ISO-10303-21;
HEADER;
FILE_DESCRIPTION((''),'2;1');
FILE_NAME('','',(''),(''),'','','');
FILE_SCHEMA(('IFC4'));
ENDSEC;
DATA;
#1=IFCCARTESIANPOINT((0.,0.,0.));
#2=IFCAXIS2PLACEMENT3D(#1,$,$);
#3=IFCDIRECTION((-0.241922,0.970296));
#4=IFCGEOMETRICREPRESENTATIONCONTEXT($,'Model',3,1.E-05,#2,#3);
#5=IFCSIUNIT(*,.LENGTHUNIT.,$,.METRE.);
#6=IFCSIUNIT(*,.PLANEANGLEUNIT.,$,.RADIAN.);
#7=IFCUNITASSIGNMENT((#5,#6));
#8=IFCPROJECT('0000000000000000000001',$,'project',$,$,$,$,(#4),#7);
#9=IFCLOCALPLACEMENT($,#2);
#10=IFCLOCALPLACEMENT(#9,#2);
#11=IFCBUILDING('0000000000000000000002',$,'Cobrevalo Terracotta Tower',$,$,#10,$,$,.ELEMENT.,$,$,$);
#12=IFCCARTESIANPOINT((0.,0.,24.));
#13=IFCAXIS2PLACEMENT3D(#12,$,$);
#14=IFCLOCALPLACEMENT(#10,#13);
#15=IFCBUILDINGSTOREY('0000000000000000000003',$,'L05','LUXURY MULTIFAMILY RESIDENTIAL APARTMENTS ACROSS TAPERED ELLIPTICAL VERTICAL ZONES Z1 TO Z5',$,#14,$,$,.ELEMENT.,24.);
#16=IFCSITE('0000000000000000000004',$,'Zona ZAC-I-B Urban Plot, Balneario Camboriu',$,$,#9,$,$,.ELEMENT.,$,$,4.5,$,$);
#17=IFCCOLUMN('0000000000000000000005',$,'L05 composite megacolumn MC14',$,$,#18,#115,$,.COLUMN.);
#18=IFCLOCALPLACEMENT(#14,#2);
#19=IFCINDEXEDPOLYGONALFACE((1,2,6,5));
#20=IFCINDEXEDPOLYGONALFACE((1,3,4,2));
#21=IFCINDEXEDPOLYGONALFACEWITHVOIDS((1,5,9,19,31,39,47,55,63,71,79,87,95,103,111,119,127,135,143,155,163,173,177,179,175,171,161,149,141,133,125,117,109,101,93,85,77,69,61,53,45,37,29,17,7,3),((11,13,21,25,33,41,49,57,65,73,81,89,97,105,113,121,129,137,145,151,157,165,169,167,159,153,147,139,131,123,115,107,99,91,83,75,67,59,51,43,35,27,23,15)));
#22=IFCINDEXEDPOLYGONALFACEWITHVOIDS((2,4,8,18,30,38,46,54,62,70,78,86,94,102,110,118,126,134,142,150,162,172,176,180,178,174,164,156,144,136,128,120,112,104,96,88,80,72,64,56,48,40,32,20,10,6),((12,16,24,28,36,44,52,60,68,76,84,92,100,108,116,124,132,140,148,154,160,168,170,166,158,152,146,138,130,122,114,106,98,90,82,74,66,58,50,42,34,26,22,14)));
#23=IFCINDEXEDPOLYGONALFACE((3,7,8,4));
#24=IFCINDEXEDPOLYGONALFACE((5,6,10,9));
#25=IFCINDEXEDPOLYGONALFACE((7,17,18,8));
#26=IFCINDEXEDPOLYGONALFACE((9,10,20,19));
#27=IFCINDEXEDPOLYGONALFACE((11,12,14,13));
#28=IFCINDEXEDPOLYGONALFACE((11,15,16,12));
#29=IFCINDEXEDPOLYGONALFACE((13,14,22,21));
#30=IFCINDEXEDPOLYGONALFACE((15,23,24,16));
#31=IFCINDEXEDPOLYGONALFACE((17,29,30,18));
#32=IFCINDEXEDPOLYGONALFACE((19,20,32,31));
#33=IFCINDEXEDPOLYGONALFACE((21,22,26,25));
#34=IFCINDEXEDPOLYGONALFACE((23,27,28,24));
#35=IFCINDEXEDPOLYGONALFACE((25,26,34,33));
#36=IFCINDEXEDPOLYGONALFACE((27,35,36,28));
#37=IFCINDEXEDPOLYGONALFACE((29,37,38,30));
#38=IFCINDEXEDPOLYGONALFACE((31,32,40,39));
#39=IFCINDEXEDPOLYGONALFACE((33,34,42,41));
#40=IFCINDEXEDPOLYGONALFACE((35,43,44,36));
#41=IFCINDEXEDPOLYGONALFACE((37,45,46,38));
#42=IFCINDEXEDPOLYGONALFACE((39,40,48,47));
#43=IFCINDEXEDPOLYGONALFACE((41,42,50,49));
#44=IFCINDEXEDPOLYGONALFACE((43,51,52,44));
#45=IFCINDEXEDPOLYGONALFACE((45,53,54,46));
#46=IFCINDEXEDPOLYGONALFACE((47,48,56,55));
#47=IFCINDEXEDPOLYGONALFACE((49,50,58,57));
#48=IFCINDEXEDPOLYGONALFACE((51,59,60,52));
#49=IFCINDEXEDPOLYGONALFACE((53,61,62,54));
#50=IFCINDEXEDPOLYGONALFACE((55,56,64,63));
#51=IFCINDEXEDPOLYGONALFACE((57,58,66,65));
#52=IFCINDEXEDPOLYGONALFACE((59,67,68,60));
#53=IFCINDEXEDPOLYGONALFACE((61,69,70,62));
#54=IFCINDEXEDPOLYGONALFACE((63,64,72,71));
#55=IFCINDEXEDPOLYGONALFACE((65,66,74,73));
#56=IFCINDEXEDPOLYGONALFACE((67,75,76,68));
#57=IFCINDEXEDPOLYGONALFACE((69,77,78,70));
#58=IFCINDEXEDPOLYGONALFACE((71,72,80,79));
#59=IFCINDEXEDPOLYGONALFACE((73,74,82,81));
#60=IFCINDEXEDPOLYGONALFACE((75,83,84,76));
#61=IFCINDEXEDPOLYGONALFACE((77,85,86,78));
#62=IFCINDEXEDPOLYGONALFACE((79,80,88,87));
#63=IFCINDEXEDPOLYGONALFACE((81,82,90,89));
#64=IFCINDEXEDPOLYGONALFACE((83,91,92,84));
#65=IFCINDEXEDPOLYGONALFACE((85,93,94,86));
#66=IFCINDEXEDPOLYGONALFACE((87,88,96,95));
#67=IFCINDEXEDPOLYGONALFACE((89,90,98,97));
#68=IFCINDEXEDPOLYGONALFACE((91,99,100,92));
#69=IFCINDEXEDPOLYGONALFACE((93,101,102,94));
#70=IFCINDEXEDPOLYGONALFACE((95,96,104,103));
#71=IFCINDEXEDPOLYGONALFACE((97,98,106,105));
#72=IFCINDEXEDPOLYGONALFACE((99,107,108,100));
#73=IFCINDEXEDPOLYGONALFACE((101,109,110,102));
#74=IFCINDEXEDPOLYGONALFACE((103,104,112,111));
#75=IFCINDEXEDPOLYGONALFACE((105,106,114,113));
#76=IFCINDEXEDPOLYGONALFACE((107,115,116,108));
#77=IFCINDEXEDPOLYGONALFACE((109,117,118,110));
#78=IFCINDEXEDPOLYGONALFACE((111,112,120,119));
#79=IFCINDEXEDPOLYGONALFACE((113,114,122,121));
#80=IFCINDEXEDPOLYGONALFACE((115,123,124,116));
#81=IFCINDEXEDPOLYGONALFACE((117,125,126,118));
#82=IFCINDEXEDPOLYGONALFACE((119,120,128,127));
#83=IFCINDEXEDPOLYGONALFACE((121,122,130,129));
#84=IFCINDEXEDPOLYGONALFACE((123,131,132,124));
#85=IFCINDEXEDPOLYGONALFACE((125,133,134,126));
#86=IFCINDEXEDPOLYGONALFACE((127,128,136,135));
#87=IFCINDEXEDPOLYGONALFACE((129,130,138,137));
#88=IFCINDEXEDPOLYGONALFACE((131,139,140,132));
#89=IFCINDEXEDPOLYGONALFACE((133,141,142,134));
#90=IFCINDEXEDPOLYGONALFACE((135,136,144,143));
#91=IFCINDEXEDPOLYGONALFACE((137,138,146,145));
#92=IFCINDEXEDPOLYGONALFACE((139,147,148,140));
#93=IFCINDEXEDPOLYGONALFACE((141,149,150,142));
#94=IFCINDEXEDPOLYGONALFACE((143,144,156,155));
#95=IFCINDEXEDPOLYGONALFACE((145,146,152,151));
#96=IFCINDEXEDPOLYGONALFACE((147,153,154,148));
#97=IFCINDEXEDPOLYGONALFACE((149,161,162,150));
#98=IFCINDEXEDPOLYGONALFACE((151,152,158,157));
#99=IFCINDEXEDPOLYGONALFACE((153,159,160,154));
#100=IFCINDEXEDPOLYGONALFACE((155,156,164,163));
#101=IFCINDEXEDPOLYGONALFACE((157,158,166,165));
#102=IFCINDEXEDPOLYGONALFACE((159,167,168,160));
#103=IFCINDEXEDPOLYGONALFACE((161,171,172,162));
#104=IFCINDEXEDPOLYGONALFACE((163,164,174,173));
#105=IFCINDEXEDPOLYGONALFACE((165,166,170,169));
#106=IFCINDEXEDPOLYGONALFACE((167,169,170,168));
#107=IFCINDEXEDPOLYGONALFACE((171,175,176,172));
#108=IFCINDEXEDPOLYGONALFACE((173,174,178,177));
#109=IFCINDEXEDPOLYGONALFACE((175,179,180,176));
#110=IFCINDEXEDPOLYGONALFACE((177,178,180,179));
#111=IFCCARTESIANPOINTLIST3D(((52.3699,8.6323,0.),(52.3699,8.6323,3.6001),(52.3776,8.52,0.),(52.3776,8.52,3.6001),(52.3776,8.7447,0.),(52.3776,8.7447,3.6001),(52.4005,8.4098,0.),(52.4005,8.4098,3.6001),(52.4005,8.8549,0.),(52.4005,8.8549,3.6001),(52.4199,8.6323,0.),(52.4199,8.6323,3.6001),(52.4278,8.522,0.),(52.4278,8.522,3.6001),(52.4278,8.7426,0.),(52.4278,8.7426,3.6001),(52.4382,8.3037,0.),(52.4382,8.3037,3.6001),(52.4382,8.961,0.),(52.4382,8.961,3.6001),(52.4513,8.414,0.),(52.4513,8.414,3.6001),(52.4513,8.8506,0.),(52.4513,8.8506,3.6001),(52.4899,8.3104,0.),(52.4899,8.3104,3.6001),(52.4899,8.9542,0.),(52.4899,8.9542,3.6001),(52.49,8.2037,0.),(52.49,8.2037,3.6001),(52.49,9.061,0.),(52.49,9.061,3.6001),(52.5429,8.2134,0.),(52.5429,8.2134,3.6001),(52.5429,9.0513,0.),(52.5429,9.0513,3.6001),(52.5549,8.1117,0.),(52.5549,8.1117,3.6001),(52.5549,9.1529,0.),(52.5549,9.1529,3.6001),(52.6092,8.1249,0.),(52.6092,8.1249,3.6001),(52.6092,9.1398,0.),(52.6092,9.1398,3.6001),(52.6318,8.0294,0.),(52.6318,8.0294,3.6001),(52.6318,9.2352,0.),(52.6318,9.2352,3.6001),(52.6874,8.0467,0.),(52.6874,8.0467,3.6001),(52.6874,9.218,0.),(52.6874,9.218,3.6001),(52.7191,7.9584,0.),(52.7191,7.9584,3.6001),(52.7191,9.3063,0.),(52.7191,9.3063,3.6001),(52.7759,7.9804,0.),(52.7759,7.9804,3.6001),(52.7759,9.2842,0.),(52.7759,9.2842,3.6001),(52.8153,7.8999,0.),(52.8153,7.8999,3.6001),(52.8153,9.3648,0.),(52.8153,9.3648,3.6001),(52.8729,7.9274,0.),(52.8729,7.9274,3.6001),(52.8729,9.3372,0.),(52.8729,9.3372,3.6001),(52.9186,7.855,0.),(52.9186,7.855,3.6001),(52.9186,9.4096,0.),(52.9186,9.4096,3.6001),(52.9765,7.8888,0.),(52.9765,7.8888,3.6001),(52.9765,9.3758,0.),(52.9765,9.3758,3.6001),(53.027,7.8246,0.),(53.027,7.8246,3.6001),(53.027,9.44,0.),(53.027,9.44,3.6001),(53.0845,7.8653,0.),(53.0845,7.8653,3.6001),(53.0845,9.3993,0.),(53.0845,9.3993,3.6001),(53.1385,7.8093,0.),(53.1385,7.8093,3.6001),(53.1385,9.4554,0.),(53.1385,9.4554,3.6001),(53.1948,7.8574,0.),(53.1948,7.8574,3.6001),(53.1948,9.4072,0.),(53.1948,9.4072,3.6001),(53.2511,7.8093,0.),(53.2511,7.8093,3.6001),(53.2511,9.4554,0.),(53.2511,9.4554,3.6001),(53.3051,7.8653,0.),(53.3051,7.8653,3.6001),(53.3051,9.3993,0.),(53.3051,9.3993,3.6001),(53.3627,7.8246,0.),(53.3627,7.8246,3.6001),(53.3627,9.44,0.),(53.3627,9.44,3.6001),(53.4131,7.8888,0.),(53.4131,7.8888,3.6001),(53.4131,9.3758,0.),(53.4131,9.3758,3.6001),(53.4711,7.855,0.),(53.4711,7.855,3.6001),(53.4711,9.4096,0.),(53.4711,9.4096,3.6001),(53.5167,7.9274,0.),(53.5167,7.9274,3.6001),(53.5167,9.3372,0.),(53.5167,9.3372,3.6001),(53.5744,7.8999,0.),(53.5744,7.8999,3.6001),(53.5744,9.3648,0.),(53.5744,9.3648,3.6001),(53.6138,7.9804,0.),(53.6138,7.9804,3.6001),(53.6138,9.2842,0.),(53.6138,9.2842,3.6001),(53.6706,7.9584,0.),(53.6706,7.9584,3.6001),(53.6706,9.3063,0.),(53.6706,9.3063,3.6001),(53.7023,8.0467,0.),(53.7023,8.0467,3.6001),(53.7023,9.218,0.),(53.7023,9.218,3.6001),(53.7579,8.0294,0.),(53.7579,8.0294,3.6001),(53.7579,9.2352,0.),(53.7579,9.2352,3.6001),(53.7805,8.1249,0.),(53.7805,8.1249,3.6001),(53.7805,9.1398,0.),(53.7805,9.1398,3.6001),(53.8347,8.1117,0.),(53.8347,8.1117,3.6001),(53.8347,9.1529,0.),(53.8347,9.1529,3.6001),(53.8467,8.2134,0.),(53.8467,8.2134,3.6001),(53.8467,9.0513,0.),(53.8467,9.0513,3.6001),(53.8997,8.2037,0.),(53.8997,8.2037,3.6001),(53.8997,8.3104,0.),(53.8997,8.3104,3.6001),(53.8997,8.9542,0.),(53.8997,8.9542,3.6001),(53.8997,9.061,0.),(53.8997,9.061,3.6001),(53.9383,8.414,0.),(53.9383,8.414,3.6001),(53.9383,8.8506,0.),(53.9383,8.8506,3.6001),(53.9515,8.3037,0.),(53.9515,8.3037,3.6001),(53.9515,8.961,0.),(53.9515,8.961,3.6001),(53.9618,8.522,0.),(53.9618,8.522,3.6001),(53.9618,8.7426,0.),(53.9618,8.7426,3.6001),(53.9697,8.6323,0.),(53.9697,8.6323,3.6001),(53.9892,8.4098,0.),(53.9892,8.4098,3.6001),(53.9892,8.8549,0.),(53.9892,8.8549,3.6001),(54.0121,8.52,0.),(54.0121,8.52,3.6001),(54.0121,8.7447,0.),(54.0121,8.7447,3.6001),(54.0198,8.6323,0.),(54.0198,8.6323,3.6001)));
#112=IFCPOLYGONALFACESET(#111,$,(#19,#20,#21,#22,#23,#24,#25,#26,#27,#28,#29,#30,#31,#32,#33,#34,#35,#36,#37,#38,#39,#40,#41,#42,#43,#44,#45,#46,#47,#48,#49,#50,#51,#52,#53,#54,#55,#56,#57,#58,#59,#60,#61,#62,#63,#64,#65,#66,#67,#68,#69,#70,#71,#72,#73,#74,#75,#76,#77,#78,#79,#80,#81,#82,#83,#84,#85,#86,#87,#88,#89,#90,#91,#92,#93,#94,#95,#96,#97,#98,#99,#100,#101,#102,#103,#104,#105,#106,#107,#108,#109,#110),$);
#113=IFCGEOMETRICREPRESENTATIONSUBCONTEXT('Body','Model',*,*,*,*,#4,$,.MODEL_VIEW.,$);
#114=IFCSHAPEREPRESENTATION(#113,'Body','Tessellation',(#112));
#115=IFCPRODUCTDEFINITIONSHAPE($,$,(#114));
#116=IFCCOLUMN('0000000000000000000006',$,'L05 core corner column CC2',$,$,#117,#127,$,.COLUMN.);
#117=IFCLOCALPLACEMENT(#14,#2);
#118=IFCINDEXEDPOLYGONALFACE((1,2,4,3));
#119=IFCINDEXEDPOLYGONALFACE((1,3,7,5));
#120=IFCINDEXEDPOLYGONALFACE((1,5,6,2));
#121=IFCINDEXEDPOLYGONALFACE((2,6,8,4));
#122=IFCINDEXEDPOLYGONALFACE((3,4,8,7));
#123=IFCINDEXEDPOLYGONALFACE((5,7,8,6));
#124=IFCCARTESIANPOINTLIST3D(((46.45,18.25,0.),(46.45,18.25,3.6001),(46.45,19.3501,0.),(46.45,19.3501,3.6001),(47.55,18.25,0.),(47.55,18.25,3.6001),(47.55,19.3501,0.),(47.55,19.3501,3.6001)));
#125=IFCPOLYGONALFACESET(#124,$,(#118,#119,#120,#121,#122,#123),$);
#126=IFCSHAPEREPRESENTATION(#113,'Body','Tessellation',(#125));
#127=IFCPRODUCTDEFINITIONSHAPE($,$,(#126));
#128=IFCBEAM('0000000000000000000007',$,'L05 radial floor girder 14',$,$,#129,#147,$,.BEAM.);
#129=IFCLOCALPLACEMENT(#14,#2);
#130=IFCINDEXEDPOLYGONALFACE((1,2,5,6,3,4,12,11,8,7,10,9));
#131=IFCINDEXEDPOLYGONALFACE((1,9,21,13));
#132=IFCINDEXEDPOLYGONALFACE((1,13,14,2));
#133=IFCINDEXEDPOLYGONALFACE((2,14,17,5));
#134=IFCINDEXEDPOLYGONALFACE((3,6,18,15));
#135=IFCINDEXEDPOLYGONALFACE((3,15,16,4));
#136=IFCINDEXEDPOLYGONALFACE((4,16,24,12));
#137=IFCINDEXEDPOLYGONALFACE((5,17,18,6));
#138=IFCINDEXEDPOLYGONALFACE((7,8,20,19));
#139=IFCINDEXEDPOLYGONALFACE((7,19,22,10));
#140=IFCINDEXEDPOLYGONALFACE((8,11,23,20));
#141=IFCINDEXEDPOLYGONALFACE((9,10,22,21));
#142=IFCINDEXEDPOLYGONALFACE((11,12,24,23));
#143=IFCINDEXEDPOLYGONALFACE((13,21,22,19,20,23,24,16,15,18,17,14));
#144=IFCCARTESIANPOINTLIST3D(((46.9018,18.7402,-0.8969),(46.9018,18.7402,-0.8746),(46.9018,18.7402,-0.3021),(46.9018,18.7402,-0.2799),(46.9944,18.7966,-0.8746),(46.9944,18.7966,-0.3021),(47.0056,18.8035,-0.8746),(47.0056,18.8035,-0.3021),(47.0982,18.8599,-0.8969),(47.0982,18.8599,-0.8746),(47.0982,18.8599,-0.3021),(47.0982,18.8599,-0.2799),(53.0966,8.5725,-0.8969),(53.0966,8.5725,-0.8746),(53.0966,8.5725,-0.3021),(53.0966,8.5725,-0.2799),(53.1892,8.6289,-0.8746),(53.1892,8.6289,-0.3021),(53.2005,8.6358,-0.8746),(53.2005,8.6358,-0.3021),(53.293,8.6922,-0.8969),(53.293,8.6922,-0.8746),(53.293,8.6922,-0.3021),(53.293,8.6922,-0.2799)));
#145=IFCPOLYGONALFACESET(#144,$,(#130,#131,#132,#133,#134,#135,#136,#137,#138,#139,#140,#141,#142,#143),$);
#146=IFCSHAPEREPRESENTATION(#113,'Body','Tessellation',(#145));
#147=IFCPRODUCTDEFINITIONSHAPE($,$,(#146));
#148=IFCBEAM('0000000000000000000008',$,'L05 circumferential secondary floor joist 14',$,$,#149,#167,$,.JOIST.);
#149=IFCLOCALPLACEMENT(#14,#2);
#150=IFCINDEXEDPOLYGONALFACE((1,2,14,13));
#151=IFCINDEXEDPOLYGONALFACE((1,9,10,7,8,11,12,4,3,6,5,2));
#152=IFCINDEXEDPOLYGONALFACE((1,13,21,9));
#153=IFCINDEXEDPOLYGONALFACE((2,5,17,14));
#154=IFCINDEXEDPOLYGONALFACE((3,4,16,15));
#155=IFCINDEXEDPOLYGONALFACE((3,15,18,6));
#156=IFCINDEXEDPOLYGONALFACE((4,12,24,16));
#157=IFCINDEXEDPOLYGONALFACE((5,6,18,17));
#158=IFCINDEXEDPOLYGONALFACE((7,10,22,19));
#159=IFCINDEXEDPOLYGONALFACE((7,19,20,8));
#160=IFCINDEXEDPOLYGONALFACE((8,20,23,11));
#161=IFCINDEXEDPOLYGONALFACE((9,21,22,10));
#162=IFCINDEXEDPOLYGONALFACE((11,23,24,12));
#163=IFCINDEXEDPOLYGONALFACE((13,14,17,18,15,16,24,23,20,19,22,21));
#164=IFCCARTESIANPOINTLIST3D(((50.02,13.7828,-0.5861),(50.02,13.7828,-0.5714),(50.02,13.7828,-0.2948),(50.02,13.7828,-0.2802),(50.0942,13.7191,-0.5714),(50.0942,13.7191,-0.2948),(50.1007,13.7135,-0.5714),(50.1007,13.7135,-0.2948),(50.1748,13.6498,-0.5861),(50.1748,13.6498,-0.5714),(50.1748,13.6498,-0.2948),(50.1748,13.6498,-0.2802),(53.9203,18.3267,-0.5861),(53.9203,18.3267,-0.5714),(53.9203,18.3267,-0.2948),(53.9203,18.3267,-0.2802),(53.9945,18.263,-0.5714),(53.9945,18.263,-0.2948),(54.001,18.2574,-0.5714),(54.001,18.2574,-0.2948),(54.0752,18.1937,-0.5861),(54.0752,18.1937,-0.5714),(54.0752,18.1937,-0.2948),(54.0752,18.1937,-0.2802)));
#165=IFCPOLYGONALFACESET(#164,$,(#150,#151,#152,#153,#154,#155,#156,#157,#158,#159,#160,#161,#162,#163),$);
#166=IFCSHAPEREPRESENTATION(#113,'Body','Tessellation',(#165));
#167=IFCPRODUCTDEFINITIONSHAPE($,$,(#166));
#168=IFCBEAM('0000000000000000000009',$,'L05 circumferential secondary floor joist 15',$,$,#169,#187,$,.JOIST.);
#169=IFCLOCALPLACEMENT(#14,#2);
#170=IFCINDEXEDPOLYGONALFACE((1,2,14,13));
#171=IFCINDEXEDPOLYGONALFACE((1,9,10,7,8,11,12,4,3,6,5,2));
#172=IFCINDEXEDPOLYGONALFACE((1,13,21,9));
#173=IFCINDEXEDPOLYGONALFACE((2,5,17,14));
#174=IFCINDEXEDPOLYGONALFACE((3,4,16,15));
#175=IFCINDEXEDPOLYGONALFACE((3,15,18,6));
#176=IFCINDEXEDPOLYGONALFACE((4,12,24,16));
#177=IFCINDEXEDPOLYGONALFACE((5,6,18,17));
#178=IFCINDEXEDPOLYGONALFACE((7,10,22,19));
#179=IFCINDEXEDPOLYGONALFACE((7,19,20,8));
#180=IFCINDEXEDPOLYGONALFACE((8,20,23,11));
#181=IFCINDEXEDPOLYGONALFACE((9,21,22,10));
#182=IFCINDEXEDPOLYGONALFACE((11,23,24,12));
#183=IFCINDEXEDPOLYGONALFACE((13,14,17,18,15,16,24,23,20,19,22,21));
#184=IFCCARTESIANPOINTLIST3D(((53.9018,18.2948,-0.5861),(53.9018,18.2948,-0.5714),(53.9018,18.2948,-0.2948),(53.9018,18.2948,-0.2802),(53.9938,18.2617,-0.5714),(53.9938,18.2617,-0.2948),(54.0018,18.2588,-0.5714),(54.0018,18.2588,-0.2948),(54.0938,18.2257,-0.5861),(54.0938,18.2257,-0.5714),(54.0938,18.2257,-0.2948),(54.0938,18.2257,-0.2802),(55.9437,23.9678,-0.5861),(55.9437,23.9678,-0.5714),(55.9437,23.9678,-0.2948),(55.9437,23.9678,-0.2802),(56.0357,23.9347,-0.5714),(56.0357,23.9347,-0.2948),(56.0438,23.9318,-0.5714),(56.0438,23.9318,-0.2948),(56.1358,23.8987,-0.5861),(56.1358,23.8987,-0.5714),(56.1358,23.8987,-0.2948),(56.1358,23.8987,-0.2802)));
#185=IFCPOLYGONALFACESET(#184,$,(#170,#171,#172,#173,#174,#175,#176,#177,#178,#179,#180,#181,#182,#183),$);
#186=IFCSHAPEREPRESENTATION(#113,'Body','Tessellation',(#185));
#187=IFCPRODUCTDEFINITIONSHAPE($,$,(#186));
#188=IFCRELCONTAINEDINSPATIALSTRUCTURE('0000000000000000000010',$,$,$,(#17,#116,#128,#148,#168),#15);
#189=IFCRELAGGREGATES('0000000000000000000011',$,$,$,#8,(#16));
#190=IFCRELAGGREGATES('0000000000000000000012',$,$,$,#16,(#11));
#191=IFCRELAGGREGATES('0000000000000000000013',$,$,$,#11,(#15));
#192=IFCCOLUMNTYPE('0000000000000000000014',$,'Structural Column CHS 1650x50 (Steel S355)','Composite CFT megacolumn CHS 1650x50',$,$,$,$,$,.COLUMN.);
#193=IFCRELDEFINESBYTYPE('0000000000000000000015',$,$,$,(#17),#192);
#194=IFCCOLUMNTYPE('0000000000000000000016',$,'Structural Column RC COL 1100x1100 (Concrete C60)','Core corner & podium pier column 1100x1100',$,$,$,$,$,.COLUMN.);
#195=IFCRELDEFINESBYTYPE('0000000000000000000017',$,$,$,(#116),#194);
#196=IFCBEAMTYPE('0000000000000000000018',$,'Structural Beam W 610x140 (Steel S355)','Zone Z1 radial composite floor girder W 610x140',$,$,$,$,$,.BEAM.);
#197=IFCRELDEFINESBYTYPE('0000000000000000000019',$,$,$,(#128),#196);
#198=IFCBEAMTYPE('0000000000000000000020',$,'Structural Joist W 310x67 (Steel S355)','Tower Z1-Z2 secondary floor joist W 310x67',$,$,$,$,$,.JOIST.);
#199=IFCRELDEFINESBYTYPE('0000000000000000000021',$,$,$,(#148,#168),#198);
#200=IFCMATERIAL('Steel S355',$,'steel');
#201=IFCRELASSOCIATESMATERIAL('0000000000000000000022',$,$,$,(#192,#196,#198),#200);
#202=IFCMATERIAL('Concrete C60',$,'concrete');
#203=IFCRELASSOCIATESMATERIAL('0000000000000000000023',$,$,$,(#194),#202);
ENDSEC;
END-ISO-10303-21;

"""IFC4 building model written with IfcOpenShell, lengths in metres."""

from ifc_helpers import new_model, si_unit, direction, frame, origin, origin_2d, place, context, subcontext, project, spatial, rectangle, hollow_circle, i_section, extrude, material, material_profile, profile_set, type_object, element, save


model = new_model("IFC4")

# Units and contexts
model_context = context("Model", 3, precision=1e-05, world=origin(), true_north=direction((-0.241922, 0.970296)))
body_context = subcontext(model_context, "Body", "Model", "MODEL_VIEW")
ifc_project = project(units=[si_unit("LENGTHUNIT", "METRE"), si_unit("PLANEANGLEUNIT", "RADIAN")], contexts=[model_context])

# Site, building, storey
site_placement = place(None, origin())
site = spatial("IfcSite", under=ifc_project, at=site_placement, Name="Zona ZAC-I-B Urban Plot, Balneario Camboriu", CompositionType="ELEMENT", RefElevation=4.5)
building_placement = place(site_placement, origin())
building = spatial("IfcBuilding", under=site, at=building_placement, Name="Cobrevalo Terracotta Tower", CompositionType="ELEMENT")
storey_placement = place(building_placement, frame((0.0, 0.0, 24.0)))
storey = spatial("IfcBuildingStorey", under=building, at=storey_placement, Name="L05", Description="LUXURY MULTIFAMILY RESIDENTIAL APARTMENTS ACROSS TAPERED ELLIPTICAL VERTICAL ZONES Z1 TO Z5", CompositionType="ELEMENT", Elevation=24.0)

# Columns
ifc_material_1 = material(Name="Steel S355", Category="steel")
ifc_material_profile_1 = material_profile(ifc_material_1, hollow_circle(Radius=0.825, WallThickness=0.05, at=origin_2d()), Name="CHS 1650x50")
ifc_profile_set_1 = profile_set([ifc_material_profile_1], Name="Steel S355")
column_type_1 = type_object("IfcColumnType", Name="Structural Column CHS 1650x50 (Steel S355)", Description="Composite CFT megacolumn CHS 1650x50", PredefinedType="COLUMN", material=ifc_profile_set_1)
column_1_placement = place(storey_placement, frame((53.1948, 8.6323, 0.0), z_axis=(0.0, 0.0, 1.0), x_axis=(1.0, 0.0, 0.0)))
element("IfcColumn", 1, at=column_1_placement, inside=storey, type_object=column_type_1, Name="L05 composite megacolumn MC14", PredefinedType="COLUMN", context=body_context, shape_type="SweptSolid", body=[
    extrude(hollow_circle(Radius=0.825, WallThickness=0.05, at=origin_2d()), origin(), (0.0, 0.0, 1.0), 3.6001),
])
ifc_material_2 = material(Name="Concrete C60", Category="concrete")
ifc_material_profile_2 = material_profile(ifc_material_2, rectangle(XDim=1.1001, YDim=1.1001, at=origin_2d()), Name="RC COL 1100x1100")
ifc_profile_set_2 = profile_set([ifc_material_profile_2], Name="Concrete C60")
column_type_2 = type_object("IfcColumnType", Name="Structural Column RC COL 1100x1100 (Concrete C60)", Description="Core corner & podium pier column 1100x1100", PredefinedType="COLUMN", material=ifc_profile_set_2)
column_2_placement = place(storey_placement, frame((47.0, 18.8, 0.0), z_axis=(0.0, 0.0, 1.0), x_axis=(1.0, 0.0, 0.0)))
element("IfcColumn", 2, at=column_2_placement, inside=storey, type_object=column_type_2, Name="L05 core corner column CC2", PredefinedType="COLUMN", context=body_context, shape_type="SweptSolid", body=[
    extrude(rectangle(XDim=1.1001, YDim=1.1001, at=origin_2d()), origin(), (0.0, 0.0, 1.0), 3.6001),
])

# Beams
ifc_material_profile_3 = material_profile(ifc_material_1, i_section(OverallWidth=0.23, OverallDepth=0.6169, WebThickness=0.0132, FlangeThickness=0.0222, at=origin_2d()), Name="W 610x140")
ifc_profile_set_3 = profile_set([ifc_material_profile_3], Name="Steel S355")
beam_type_1 = type_object("IfcBeamType", Name="Structural Beam W 610x140 (Steel S355)", Description="Zone Z1 radial composite floor girder W 610x140", PredefinedType="BEAM", material=ifc_profile_set_3)
beam_1_placement = place(storey_placement, frame((53.1948, 8.6323, -0.5884), z_axis=(-0.520301, 0.853983, 0.0), x_axis=(-0.853983, -0.520301, 0.0)))
element("IfcBeam", 3, at=beam_1_placement, inside=storey, type_object=beam_type_1, Name="L05 radial floor girder 14", PredefinedType="BEAM", context=body_context, shape_type="SweptSolid", body=[
    extrude(i_section(OverallWidth=0.23, OverallDepth=0.6169, WebThickness=0.0132, FlangeThickness=0.0222, at=origin_2d()), origin(), (0.0, 0.0, 1.0), 11.9062),
])
ifc_material_profile_4 = material_profile(ifc_material_1, i_section(OverallWidth=0.2041, OverallDepth=0.3059, WebThickness=0.0085, FlangeThickness=0.0146, at=origin_2d()), Name="W 310x67")
ifc_profile_set_4 = profile_set([ifc_material_profile_4], Name="Steel S355")
beam_type_2 = type_object("IfcBeamType", Name="Structural Joist W 310x67 (Steel S355)", Description="Tower Z1-Z2 secondary floor joist W 310x67", PredefinedType="JOIST", material=ifc_profile_set_4)
beam_2_placement = place(storey_placement, frame((50.0974, 13.7163, -0.4331), z_axis=(0.651328, 0.758796, 0.0), x_axis=(-0.758796, 0.651328, 0.0)))
element("IfcBeam", 4, at=beam_2_placement, inside=storey, type_object=beam_type_2, Name="L05 circumferential secondary floor joist 14", PredefinedType="JOIST", context=body_context, shape_type="SweptSolid", body=[
    extrude(i_section(OverallWidth=0.2041, OverallDepth=0.3059, WebThickness=0.0085, FlangeThickness=0.0146, at=origin_2d()), origin(), (0.0, 0.0, 1.0), 5.9883),
])
beam_3_placement = place(storey_placement, frame((53.9978, 18.2603, -0.4331), z_axis=(0.338672, 0.940904, 0.0), x_axis=(-0.940904, 0.338672, 0.0)))
element("IfcBeam", 5, at=beam_3_placement, inside=storey, type_object=beam_type_2, Name="L05 circumferential secondary floor joist 15", PredefinedType="JOIST", context=body_context, shape_type="SweptSolid", body=[
    extrude(i_section(OverallWidth=0.2041, OverallDepth=0.3059, WebThickness=0.0085, FlangeThickness=0.0146, at=origin_2d()), origin(), (0.0, 0.0, 1.0), 6.0293),
])

save(model, "model.ifc")
